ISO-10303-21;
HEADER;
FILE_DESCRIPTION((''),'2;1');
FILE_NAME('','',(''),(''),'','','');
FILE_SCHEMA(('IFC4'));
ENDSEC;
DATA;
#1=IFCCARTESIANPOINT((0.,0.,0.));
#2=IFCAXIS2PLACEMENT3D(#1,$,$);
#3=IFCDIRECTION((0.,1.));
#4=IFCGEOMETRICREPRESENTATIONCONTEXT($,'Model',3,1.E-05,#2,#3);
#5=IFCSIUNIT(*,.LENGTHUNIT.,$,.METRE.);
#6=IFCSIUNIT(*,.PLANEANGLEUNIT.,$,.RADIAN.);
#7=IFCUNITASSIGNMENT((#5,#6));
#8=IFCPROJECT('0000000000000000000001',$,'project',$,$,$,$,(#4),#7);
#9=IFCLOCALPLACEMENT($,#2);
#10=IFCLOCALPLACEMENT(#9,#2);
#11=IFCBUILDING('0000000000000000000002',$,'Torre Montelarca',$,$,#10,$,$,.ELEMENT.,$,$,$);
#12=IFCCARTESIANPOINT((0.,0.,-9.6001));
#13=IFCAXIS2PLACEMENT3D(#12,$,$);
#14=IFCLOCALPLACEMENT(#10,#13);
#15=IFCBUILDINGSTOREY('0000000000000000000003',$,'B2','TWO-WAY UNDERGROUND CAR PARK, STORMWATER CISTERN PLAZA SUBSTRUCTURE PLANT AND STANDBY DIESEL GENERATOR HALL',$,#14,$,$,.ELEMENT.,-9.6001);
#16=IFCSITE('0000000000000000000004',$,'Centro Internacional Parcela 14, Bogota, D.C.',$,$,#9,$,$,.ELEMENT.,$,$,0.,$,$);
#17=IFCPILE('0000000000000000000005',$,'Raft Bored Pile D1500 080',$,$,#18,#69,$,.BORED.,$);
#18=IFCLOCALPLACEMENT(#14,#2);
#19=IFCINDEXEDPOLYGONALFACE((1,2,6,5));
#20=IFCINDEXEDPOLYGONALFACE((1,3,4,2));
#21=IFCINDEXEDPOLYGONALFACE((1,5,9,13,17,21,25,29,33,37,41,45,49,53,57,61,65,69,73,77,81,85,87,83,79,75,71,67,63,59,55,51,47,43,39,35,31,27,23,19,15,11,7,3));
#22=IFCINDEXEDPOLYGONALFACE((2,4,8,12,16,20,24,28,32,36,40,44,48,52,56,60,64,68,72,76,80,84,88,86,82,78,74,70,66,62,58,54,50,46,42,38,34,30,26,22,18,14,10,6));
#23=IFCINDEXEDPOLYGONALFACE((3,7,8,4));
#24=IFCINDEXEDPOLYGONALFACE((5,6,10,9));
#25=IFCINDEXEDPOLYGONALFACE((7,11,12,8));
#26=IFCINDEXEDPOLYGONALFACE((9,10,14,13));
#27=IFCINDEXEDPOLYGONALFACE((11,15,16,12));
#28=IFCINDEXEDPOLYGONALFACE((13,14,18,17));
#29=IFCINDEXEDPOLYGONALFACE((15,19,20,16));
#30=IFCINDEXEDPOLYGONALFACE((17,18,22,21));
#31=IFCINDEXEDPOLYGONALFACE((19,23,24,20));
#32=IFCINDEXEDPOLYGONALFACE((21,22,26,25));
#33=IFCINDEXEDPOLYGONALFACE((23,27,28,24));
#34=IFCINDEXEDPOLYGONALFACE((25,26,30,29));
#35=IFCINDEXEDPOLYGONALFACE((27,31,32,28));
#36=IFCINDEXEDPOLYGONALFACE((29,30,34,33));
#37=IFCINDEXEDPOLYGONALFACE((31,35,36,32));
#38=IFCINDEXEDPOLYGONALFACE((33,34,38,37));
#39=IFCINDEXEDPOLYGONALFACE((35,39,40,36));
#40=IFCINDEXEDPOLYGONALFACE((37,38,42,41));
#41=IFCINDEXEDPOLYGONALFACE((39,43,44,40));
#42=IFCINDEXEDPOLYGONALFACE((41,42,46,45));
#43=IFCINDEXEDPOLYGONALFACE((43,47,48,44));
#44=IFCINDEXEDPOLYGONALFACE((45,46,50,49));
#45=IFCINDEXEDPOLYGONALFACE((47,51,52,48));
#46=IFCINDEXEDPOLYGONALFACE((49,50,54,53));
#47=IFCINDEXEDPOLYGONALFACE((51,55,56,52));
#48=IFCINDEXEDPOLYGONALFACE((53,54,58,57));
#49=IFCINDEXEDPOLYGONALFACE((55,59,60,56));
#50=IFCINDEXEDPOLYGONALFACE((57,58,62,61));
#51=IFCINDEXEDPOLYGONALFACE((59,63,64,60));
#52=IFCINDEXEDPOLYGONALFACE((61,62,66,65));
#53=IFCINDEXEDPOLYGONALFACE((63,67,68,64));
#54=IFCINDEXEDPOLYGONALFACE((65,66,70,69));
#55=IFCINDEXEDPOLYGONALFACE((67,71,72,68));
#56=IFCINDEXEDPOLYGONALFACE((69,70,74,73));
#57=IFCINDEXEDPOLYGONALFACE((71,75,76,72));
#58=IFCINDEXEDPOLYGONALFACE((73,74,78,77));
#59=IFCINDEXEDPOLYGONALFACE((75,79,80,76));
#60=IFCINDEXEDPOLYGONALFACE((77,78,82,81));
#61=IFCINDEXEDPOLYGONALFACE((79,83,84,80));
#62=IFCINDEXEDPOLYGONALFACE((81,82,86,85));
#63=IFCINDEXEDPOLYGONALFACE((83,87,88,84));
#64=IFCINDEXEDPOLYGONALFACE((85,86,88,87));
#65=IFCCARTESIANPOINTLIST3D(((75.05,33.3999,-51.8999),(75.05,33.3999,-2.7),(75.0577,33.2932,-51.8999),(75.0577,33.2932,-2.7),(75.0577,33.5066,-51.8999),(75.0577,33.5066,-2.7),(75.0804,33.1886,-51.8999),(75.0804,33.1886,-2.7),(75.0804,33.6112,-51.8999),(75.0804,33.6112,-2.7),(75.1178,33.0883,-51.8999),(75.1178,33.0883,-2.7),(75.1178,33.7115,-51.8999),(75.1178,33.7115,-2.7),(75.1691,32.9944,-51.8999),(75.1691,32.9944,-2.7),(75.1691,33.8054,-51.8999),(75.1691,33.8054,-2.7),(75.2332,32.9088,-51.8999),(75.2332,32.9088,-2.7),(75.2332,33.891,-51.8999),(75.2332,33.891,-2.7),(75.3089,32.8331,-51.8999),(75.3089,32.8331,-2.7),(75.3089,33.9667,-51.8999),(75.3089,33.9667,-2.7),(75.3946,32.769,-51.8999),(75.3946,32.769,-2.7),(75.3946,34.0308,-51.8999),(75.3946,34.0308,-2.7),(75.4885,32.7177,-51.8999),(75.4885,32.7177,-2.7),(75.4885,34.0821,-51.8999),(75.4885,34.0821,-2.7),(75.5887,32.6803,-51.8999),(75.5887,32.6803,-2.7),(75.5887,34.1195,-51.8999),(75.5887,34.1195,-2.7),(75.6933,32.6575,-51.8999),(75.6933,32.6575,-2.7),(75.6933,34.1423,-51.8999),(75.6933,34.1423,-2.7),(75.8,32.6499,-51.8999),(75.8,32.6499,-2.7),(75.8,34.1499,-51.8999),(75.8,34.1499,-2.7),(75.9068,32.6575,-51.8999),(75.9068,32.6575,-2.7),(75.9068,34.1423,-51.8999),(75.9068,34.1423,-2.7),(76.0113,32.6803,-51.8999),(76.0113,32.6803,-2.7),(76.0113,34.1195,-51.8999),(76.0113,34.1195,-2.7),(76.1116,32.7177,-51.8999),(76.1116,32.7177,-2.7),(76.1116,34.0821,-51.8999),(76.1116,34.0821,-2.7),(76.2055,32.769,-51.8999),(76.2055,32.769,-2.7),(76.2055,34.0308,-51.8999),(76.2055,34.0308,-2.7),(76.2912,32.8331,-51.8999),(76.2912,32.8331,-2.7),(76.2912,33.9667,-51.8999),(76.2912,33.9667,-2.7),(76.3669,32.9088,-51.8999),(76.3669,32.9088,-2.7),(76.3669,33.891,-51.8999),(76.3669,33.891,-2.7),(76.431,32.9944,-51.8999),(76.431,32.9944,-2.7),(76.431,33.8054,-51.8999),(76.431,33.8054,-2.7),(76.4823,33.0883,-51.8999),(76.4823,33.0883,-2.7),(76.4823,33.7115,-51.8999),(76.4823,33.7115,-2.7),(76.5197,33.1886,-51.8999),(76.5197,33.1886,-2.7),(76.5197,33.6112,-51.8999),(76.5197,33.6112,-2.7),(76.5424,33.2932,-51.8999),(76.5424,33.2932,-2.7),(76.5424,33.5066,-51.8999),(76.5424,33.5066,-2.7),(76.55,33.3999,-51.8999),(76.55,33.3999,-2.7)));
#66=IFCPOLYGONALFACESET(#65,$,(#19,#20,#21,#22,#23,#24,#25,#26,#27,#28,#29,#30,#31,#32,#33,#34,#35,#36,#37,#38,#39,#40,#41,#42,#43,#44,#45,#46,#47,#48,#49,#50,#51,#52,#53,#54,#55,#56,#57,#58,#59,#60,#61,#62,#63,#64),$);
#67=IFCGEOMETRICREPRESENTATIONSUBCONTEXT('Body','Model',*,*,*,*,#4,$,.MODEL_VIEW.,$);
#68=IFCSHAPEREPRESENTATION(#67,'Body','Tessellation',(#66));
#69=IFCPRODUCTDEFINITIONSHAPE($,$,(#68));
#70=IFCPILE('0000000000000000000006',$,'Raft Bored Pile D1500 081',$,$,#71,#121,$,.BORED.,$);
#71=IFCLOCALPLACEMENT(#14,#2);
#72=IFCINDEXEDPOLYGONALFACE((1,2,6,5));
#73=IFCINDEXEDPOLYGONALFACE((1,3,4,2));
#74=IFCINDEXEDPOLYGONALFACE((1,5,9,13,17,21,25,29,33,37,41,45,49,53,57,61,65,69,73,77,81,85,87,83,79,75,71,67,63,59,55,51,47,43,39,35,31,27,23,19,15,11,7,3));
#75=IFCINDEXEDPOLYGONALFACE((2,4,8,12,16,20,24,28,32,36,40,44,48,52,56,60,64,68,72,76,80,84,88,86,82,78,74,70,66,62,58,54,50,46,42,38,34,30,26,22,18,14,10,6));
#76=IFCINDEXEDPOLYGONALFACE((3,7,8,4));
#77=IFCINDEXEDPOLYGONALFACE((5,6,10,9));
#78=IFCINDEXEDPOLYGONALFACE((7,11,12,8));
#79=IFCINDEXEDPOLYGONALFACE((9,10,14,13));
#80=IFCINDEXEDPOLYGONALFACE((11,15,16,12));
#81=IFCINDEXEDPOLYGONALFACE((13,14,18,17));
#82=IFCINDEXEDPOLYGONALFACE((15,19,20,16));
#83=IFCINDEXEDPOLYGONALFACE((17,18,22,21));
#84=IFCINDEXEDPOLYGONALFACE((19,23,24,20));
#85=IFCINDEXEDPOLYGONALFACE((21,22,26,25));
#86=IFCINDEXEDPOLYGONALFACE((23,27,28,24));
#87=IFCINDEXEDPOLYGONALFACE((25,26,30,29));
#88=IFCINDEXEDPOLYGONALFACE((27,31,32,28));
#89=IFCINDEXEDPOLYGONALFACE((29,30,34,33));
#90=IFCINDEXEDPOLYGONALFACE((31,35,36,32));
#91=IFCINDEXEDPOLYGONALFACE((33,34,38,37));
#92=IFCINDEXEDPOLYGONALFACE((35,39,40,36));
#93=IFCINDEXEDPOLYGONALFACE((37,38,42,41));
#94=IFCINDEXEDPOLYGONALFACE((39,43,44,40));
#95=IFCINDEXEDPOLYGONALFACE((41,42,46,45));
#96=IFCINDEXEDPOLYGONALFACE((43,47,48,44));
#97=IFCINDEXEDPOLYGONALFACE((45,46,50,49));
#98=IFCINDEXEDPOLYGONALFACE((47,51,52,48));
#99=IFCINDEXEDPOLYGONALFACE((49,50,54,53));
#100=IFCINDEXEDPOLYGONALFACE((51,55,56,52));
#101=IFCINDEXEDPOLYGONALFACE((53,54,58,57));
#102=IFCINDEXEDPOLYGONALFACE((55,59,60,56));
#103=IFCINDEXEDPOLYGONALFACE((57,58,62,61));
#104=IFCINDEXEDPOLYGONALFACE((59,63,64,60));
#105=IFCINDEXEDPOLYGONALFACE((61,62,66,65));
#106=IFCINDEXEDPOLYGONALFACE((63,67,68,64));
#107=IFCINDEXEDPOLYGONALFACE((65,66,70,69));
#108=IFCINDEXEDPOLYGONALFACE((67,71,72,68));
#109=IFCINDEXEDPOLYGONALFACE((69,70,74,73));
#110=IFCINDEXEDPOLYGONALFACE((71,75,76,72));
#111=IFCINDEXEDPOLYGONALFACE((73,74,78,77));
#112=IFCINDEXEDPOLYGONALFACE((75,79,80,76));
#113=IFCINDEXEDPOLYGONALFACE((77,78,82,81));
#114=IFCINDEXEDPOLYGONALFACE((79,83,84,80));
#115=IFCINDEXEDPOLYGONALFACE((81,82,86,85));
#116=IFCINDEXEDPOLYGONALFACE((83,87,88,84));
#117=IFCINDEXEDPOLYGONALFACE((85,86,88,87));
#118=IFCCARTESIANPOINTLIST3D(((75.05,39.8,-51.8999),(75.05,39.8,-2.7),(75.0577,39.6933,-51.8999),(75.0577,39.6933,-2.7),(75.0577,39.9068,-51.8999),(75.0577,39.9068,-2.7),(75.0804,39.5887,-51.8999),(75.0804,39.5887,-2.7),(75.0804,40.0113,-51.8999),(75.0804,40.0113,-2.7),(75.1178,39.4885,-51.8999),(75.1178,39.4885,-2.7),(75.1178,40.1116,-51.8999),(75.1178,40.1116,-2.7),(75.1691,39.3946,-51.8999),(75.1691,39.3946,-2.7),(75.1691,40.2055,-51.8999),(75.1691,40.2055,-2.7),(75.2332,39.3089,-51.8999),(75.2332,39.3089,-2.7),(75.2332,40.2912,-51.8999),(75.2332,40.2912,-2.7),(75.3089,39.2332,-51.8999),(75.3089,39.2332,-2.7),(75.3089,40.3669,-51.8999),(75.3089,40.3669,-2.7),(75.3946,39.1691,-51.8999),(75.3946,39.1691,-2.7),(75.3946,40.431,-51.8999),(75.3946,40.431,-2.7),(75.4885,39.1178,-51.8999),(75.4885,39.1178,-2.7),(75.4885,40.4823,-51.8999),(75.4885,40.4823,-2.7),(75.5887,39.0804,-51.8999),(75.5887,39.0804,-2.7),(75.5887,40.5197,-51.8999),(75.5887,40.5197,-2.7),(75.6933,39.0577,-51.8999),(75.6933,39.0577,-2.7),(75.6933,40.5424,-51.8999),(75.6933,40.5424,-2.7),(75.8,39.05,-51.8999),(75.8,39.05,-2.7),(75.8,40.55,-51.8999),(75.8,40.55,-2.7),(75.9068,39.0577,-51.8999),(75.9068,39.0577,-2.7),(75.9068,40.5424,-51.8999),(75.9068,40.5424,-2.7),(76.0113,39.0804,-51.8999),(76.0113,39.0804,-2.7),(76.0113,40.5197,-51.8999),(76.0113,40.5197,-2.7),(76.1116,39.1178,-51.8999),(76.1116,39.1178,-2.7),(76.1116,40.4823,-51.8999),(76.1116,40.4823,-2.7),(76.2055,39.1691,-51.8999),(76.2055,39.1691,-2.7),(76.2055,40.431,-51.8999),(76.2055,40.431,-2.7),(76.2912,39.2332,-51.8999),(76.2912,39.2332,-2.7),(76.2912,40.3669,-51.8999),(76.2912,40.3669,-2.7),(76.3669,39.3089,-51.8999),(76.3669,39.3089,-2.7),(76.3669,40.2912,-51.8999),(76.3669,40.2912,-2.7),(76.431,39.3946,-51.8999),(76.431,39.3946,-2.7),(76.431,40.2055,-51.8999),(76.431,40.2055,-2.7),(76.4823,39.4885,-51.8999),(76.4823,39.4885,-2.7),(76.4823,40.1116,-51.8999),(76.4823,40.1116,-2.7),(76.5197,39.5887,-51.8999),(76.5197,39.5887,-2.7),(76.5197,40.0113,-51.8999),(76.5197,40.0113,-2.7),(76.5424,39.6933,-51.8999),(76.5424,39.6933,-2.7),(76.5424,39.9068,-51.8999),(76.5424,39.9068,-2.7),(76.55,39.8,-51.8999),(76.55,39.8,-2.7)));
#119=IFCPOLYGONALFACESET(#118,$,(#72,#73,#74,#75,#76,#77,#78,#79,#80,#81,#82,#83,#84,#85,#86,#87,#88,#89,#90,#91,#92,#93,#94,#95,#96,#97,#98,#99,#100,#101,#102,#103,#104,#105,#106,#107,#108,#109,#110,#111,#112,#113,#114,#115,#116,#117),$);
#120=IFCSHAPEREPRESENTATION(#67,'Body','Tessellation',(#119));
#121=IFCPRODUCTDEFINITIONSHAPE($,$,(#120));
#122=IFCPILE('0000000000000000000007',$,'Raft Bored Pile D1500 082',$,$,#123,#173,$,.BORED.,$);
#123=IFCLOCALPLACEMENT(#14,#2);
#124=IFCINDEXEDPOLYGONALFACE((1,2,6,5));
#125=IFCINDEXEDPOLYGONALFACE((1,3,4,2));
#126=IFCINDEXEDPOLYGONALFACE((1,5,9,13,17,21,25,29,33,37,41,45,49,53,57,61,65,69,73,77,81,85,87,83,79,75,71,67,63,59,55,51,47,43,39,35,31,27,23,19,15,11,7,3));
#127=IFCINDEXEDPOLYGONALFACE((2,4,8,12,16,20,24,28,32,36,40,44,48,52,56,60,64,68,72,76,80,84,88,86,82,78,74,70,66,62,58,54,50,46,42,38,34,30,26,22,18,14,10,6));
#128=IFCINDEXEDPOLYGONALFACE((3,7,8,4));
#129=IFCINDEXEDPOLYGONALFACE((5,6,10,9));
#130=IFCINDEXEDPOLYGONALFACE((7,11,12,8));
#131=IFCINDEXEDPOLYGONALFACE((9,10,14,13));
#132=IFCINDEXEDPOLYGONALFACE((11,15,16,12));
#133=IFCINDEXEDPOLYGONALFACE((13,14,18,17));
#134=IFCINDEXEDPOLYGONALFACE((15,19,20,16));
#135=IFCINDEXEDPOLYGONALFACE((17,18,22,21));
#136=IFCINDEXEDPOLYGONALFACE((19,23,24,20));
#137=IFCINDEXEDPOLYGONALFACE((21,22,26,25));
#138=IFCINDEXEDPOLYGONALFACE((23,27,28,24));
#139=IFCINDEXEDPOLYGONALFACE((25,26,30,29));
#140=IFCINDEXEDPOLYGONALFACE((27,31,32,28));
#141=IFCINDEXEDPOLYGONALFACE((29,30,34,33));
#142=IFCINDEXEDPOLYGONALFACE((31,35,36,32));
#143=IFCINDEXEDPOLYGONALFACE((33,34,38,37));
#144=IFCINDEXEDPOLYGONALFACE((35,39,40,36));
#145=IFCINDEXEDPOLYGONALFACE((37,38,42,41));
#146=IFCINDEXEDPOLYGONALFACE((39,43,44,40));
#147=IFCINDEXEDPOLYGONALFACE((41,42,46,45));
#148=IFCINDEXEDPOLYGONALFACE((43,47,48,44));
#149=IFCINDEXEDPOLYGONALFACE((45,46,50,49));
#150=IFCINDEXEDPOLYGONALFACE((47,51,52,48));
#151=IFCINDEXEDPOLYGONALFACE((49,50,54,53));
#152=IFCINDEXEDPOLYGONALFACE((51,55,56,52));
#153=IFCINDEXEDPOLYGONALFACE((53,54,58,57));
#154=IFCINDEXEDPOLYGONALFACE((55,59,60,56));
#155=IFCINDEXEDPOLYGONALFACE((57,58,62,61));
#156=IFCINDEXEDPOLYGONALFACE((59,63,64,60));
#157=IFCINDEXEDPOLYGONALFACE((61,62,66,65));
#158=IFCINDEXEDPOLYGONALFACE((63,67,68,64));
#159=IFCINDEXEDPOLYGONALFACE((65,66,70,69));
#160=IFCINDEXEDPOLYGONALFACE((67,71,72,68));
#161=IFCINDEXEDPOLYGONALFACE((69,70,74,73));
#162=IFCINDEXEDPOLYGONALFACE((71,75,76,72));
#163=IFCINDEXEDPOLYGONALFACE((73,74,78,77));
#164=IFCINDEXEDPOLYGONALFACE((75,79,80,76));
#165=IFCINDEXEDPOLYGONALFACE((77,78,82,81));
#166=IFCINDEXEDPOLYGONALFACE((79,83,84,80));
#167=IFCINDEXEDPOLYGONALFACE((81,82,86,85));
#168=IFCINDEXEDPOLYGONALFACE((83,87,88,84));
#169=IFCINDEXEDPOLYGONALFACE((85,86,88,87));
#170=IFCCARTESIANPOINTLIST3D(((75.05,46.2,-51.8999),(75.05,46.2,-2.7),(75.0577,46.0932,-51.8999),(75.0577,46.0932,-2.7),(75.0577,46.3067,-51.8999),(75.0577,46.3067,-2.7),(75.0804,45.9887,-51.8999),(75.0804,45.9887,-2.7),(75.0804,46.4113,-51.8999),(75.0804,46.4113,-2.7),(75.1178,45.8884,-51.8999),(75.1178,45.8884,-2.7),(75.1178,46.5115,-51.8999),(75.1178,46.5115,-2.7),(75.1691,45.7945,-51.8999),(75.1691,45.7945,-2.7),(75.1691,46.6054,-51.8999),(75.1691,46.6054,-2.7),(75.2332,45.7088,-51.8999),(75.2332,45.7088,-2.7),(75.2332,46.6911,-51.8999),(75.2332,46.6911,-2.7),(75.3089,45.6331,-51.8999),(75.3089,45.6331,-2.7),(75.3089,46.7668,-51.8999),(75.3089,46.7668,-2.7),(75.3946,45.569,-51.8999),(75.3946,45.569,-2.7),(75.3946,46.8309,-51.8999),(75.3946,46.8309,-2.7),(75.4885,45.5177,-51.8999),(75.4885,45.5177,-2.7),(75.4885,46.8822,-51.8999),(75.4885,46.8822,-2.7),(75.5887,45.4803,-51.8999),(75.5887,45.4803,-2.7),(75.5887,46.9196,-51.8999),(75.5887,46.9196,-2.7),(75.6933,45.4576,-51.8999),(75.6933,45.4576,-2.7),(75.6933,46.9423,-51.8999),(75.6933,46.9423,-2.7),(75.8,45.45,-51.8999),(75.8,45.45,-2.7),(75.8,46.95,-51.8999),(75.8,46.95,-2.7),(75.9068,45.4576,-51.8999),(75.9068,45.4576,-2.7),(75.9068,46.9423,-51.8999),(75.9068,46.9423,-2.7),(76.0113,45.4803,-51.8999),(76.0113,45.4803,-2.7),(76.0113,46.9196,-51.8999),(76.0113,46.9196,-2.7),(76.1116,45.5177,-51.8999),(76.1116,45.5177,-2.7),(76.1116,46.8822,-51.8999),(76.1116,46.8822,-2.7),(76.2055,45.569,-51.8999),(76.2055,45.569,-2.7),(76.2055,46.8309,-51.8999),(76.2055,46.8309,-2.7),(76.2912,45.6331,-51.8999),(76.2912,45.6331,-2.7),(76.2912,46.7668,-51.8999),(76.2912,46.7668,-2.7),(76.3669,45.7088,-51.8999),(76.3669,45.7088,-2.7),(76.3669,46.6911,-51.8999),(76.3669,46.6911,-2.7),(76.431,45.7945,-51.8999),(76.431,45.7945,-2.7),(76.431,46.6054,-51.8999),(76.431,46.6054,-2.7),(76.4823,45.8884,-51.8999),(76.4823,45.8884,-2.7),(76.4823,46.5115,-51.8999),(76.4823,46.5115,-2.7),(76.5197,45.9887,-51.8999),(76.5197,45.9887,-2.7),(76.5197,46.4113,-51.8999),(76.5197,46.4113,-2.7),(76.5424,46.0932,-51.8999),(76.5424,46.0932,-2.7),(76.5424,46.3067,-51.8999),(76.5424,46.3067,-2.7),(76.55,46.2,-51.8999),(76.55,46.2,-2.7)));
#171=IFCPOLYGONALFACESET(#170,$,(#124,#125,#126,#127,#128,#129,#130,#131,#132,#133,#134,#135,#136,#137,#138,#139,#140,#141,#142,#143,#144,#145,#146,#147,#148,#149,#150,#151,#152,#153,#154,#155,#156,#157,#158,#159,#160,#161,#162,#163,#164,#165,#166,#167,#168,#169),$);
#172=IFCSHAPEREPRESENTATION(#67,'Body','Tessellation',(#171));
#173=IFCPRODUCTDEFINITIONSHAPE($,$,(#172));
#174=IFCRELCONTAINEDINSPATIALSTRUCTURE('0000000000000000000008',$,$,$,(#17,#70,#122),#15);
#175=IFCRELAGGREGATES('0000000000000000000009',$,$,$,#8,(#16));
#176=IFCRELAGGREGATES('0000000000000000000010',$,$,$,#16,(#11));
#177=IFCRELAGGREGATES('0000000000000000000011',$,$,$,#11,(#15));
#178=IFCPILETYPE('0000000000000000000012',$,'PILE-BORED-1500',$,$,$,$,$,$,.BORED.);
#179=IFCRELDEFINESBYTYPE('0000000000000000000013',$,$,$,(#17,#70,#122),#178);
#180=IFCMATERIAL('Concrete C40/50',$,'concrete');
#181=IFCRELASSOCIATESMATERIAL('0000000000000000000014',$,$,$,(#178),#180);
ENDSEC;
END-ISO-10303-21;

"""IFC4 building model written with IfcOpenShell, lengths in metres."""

from ifc_helpers import new_model, si_unit, direction, frame, origin, origin_2d, place, context, subcontext, project, spatial, circle, extrude, source, transform, mapped, material, material_profile, profile_set, type_object, element, save


model = new_model("IFC4")

# Units and contexts
model_context = context("Model", 3, precision=1e-05, world=origin(), true_north=direction((0.0, 1.0)))
body_context = subcontext(model_context, "Body", "Model", "MODEL_VIEW")
ifc_project = project(units=[si_unit("LENGTHUNIT", "METRE"), si_unit("PLANEANGLEUNIT", "RADIAN")], contexts=[model_context])

# Site, building, storey
site_placement = place(None, origin())
site = spatial("IfcSite", under=ifc_project, at=site_placement, Name="Centro Internacional Parcela 14, Bogota, D.C.", CompositionType="ELEMENT", RefElevation=0.0)
building_placement = place(site_placement, origin())
building = spatial("IfcBuilding", under=site, at=building_placement, Name="Torre Montelarca", CompositionType="ELEMENT")
storey_placement = place(building_placement, frame((0.0, 0.0, -9.6001)))
storey = spatial("IfcBuildingStorey", under=building, at=storey_placement, Name="B2", Description="TWO-WAY UNDERGROUND CAR PARK, STORMWATER CISTERN PLAZA SUBSTRUCTURE PLANT AND STANDBY DIESEL GENERATOR HALL", CompositionType="ELEMENT", Elevation=-9.6001)

# Piles
ifc_material_1 = material(Name="Concrete C40/50", Category="concrete")
ifc_material_profile_1 = material_profile(ifc_material_1, circle(Radius=0.75, at=origin_2d()), Name="PILE-D1500", Category="concrete")
ifc_profile_set_1 = profile_set([ifc_material_profile_1], Name="Concrete C40/50")
pile_type = type_object("IfcPileType", Name="PILE-BORED-1500", PredefinedType="BORED", material=ifc_profile_set_1)
shared_shape_1 = source(origin(), body_context, "Body", "SweptSolid", [
    extrude(circle(Radius=0.75, at=origin_2d()), origin(), (0.0, 0.0, 1.0), 49.2),
])
for number, where, z_axis, x_axis, name in (
    (1, (75.8, 33.3999, -2.7), (0.0, 0.0, -1.0), (1.0, 0.0, 0.0), "Raft Bored Pile D1500 080"),
    (2, (75.8, 39.8, -2.7), (0.0, 0.0, -1.0), (1.0, 0.0, 0.0), "Raft Bored Pile D1500 081"),
    (3, (75.8, 46.2, -2.7), (0.0, 0.0, -1.0), (1.0, 0.0, 0.0), "Raft Bored Pile D1500 082"),
):
    element("IfcPile", number, at=place(storey_placement, frame(where, z_axis=z_axis, x_axis=x_axis)), inside=storey, type_object=pile_type, Name=name, PredefinedType="BORED", context=body_context, shape_type="MappedRepresentation", body=[
        mapped(shared_shape_1, transform((0.0, 0.0, 0.0), scale=1.0)),
    ])

save(model, "model.ifc")
